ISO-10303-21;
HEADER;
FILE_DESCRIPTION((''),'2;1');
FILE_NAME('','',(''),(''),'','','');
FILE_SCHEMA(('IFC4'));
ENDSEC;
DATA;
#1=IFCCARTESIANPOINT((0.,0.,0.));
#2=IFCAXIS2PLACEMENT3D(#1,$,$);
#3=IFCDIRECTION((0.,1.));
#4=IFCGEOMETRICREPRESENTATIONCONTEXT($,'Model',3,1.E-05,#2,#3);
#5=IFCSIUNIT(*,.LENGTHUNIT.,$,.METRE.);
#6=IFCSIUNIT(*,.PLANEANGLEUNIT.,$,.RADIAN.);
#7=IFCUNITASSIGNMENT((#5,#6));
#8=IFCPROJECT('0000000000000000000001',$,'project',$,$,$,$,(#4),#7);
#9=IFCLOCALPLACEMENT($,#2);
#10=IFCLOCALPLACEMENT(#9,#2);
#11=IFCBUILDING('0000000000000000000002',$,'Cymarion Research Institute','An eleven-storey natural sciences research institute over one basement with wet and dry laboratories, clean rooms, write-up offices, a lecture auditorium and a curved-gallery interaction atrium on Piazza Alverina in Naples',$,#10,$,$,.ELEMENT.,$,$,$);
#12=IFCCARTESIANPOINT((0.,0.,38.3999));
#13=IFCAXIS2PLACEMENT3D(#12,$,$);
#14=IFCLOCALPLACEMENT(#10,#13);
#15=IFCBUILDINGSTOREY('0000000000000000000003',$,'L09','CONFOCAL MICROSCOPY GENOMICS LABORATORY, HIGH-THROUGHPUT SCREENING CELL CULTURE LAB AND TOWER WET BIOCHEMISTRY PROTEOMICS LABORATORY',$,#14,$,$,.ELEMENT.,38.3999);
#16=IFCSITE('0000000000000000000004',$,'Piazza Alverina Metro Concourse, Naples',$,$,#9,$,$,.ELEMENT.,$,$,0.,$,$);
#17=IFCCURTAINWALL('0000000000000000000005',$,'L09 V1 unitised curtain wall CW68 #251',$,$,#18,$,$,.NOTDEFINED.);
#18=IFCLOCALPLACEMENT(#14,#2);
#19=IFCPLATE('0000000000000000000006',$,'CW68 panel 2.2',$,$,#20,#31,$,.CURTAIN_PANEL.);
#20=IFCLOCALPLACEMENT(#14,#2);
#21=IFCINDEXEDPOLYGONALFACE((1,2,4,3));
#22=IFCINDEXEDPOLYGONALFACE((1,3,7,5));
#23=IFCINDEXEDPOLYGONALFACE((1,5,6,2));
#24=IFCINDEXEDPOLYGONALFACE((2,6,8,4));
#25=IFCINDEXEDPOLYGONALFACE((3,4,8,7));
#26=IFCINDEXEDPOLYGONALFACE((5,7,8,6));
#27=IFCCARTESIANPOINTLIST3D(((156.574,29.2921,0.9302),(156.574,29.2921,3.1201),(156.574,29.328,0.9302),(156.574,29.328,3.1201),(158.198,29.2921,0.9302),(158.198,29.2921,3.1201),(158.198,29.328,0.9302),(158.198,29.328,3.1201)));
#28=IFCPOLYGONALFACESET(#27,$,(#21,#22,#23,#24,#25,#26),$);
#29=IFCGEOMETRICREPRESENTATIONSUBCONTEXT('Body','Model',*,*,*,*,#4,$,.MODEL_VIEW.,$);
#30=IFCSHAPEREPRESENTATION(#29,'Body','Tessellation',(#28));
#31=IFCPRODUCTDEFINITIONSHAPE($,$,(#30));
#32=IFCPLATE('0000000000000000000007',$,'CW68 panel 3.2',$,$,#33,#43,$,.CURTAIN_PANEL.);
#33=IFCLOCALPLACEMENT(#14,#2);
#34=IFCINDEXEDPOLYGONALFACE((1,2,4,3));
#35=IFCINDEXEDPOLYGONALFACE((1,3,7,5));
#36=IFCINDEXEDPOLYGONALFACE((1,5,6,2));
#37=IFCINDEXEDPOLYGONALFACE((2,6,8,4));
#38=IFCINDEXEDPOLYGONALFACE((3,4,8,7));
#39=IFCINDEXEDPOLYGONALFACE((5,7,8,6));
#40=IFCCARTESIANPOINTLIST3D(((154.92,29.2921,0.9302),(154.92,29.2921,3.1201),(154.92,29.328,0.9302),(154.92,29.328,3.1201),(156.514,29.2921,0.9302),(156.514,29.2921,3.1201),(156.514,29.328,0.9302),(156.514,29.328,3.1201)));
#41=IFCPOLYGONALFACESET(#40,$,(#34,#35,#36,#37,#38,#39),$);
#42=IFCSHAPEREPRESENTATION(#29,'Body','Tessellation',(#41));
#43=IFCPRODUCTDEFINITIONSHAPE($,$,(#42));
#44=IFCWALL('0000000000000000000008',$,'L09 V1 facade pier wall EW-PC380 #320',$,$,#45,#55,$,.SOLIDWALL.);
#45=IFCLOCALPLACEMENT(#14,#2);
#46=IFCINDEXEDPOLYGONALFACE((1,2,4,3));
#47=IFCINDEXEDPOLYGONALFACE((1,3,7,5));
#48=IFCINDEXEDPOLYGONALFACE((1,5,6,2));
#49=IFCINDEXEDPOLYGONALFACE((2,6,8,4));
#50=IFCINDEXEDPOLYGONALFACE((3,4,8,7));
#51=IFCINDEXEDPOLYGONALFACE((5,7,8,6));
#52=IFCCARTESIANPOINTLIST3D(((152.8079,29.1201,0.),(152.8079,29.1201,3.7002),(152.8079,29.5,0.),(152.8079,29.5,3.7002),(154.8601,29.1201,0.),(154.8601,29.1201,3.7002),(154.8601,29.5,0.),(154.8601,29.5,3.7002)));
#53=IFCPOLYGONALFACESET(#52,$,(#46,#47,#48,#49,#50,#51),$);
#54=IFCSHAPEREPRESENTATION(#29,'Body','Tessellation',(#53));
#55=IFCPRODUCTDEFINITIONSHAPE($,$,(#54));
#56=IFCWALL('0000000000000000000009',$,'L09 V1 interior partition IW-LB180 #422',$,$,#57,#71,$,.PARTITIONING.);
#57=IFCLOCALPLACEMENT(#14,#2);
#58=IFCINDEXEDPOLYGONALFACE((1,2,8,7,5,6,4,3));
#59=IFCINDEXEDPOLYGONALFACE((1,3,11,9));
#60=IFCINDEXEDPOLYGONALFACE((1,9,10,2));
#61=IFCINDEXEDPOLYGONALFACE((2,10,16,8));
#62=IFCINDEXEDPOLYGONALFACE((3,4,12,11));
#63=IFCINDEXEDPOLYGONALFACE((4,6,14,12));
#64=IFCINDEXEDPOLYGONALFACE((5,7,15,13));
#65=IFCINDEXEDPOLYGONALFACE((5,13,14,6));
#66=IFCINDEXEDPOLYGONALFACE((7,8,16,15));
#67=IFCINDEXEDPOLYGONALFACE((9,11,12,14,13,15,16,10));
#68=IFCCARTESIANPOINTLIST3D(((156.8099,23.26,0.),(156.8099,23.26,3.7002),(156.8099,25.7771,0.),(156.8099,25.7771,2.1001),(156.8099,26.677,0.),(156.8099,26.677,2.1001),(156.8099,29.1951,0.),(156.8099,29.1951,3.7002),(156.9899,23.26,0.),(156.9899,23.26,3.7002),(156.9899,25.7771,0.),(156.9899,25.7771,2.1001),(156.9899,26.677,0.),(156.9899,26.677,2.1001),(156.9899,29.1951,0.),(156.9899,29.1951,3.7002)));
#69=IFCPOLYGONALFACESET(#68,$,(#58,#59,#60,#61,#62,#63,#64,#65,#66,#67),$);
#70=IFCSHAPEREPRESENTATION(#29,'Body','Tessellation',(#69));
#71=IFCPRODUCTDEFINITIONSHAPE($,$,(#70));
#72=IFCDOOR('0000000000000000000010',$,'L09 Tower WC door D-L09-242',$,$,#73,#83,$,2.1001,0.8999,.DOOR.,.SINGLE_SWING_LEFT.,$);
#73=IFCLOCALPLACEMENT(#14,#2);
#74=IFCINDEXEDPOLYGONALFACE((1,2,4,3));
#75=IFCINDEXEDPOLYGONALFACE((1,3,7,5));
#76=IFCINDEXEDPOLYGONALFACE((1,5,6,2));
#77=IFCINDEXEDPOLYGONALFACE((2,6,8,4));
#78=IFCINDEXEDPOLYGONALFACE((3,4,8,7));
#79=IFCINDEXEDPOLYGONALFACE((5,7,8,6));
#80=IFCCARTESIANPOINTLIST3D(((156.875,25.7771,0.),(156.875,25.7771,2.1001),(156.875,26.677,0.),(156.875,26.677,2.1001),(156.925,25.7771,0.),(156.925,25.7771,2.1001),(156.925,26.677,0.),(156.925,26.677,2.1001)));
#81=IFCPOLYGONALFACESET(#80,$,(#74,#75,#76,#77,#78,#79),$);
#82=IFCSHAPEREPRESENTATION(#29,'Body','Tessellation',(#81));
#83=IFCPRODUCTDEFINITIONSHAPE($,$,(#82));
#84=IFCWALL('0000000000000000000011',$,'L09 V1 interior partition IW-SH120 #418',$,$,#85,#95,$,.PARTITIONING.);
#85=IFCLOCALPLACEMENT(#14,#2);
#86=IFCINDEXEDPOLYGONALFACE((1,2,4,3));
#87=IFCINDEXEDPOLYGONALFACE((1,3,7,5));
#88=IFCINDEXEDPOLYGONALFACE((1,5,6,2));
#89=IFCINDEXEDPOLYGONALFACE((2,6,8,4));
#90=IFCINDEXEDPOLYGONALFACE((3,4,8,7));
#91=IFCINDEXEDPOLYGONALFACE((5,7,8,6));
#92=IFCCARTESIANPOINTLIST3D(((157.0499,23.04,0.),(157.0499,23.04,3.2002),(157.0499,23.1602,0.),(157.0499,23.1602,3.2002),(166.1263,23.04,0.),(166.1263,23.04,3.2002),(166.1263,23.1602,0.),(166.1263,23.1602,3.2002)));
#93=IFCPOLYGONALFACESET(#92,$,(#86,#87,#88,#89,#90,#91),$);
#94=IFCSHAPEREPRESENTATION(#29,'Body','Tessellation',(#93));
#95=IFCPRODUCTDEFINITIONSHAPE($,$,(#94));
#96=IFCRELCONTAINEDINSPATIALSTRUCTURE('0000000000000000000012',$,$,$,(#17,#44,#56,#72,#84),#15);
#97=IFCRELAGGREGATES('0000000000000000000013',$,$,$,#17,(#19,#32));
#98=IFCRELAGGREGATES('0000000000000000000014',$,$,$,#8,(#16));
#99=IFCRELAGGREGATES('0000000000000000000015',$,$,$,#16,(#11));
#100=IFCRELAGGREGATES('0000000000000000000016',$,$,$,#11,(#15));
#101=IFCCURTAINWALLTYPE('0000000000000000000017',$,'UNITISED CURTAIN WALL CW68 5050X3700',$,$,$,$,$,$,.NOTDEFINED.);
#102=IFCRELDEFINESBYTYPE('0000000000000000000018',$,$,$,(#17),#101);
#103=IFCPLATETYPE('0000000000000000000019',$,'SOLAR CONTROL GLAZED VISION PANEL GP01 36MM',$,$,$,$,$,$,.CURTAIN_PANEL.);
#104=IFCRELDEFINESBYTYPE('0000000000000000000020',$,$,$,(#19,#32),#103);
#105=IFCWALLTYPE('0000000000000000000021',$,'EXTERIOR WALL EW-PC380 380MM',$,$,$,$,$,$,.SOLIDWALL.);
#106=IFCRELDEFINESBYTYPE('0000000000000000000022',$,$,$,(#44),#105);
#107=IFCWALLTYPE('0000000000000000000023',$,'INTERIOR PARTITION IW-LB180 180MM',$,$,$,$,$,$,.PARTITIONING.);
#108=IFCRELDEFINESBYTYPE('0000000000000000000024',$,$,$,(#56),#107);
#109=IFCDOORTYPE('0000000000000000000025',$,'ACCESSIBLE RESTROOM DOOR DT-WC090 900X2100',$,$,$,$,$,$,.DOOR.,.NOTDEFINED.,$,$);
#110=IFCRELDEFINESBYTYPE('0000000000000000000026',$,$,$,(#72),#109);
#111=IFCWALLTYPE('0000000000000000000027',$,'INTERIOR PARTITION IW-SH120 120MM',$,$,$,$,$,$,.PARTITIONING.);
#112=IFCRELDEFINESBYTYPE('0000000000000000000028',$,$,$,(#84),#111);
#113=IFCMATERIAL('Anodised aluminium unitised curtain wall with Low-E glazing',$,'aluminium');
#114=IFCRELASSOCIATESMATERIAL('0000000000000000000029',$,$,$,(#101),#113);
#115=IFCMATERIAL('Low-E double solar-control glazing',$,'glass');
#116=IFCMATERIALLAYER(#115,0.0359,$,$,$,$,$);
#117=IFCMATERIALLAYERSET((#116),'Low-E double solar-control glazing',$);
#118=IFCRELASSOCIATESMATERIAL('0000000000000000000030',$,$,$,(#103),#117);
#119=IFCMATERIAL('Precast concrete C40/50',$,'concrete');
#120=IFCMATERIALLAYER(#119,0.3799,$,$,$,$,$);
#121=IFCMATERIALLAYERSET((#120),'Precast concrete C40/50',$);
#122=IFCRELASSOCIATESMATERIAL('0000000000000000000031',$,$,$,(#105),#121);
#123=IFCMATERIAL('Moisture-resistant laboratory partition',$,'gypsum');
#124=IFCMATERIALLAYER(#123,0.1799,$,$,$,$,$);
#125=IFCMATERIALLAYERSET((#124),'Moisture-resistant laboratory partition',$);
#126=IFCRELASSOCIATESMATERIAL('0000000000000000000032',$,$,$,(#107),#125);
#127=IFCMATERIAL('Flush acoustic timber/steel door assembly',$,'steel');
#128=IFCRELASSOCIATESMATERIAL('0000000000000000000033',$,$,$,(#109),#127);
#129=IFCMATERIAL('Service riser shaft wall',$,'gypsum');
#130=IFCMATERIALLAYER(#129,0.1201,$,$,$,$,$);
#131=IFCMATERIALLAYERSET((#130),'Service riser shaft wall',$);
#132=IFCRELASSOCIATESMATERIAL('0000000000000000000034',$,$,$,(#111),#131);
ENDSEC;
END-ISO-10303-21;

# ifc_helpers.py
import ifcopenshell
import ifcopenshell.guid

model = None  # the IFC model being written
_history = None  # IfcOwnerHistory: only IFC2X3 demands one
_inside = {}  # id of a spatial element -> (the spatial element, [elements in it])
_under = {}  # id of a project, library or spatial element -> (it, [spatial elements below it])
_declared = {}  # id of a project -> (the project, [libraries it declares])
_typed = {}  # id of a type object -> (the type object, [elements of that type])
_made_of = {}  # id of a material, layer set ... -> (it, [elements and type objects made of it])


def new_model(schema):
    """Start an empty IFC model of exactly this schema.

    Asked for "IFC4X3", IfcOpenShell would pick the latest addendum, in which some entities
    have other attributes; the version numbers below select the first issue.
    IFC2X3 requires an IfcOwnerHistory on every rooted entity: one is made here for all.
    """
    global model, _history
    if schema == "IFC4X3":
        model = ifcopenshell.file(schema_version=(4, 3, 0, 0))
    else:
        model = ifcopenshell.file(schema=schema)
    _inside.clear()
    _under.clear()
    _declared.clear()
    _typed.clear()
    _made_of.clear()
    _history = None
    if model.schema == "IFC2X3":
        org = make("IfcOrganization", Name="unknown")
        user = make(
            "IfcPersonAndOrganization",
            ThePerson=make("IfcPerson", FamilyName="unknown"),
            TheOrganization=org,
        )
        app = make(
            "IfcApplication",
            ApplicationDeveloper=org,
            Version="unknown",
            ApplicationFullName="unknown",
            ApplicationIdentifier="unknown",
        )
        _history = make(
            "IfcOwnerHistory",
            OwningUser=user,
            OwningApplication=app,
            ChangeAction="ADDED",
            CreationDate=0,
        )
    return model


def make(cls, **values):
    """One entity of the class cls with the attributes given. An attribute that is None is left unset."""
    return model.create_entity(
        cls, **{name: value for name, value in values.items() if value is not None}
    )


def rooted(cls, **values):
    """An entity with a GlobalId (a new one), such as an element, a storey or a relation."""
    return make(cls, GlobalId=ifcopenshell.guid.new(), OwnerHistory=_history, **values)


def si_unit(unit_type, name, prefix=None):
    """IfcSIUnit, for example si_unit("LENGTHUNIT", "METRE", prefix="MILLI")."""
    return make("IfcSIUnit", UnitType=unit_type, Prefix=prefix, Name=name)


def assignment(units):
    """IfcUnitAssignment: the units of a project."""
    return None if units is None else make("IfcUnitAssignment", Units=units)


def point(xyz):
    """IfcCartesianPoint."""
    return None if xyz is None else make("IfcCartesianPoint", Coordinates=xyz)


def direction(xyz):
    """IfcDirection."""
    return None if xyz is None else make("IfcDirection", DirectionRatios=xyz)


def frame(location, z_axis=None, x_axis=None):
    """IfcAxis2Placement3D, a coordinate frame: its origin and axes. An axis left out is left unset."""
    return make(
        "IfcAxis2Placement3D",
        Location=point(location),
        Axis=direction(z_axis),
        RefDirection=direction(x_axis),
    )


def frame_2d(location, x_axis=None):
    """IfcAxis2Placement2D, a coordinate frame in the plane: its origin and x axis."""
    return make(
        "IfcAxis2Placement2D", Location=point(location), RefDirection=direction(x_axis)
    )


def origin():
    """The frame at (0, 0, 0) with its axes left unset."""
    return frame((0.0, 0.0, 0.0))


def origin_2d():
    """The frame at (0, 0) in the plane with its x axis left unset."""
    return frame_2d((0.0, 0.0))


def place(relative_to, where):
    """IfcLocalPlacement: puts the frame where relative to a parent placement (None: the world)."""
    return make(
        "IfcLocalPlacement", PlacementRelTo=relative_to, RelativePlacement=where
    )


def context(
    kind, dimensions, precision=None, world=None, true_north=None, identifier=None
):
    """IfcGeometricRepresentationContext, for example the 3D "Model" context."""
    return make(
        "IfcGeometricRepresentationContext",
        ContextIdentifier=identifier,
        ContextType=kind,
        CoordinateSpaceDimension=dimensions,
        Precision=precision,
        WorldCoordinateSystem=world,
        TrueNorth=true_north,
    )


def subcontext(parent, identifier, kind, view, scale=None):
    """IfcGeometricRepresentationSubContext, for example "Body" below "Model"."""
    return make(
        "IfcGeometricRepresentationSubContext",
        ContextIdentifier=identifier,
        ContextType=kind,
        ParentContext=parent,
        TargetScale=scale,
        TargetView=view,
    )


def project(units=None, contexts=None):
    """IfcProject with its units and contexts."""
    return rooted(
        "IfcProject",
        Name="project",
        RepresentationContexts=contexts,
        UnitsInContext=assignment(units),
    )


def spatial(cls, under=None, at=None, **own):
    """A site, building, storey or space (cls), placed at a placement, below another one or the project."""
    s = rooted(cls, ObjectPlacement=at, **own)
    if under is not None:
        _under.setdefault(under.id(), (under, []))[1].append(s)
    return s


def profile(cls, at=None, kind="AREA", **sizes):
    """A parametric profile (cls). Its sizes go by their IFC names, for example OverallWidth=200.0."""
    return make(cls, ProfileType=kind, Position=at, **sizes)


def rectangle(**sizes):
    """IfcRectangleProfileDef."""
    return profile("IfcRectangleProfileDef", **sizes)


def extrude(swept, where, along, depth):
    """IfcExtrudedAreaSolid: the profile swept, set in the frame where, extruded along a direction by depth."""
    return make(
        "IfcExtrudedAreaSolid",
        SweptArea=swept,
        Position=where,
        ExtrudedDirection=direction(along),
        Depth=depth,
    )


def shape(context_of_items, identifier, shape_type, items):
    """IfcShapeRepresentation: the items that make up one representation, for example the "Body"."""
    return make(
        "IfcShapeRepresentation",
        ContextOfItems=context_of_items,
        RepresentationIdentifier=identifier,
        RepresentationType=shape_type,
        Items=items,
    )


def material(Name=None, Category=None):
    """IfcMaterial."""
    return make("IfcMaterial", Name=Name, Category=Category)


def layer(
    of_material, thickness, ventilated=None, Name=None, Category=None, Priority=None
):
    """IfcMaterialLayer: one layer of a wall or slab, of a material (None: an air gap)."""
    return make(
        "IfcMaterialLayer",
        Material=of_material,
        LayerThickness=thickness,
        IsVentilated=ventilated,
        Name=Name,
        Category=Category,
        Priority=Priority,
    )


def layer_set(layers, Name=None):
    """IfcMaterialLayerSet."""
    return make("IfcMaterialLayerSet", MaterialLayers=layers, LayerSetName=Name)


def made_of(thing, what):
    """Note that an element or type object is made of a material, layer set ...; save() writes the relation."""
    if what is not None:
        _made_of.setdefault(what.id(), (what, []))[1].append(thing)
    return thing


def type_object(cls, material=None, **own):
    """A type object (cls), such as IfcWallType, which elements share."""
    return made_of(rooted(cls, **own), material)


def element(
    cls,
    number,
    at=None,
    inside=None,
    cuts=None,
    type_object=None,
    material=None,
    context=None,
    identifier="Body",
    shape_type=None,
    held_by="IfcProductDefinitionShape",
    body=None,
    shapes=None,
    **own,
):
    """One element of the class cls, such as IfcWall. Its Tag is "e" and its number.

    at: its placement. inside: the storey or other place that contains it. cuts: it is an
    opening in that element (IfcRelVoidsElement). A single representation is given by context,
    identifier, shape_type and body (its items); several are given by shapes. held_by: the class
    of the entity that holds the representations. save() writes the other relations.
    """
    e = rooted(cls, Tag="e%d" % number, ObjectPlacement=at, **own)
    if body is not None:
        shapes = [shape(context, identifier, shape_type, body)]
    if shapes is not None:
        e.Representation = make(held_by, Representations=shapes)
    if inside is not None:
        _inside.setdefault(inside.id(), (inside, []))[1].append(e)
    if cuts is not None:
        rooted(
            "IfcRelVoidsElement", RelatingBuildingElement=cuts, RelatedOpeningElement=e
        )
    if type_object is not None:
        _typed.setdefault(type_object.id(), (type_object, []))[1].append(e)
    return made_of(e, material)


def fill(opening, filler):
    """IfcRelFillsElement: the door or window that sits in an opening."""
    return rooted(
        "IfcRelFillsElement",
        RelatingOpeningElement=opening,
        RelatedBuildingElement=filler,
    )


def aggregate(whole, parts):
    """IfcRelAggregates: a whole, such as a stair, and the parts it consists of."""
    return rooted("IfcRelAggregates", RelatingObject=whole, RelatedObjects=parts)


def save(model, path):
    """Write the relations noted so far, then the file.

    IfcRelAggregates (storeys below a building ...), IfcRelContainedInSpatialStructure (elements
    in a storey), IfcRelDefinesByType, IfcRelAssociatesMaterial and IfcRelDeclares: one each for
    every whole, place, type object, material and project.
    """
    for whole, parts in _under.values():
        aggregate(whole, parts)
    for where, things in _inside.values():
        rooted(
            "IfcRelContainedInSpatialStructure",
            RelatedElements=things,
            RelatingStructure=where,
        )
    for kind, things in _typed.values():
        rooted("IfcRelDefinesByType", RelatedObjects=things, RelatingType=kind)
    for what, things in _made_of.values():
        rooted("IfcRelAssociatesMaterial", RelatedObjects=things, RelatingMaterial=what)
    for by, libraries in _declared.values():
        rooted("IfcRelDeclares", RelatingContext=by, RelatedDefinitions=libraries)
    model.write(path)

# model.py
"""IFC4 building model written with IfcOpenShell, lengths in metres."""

from ifc_helpers import new_model, si_unit, direction, frame, frame_2d, origin, origin_2d, place, context, subcontext, project, spatial, rectangle, extrude, material, layer, layer_set, type_object, element, fill, aggregate, save


model = new_model("IFC4")

# Units and contexts
model_context = context("Model", 3, precision=1e-05, world=origin(), true_north=direction((0.0, 1.0)))
body_context = subcontext(model_context, "Body", "Model", "MODEL_VIEW")
ifc_project = project(units=[si_unit("LENGTHUNIT", "METRE"), si_unit("PLANEANGLEUNIT", "RADIAN")], contexts=[model_context])

# Site, building, storey
site_placement = place(None, origin())
site = spatial("IfcSite", under=ifc_project, at=site_placement, Name="Piazza Alverina Metro Concourse, Naples", CompositionType="ELEMENT", RefElevation=0.0)
building_placement = place(site_placement, origin())
building = spatial("IfcBuilding", under=site, at=building_placement, Name="Cymarion Research Institute", Description="An eleven-storey natural sciences research institute over one basement with wet and dry laboratories, clean rooms, write-up offices, a lecture auditorium and a curved-gallery interaction atrium on Piazza Alverina in Naples", CompositionType="ELEMENT")
storey_placement = place(building_placement, frame((0.0, 0.0, 38.3999)))
storey = spatial("IfcBuildingStorey", under=building, at=storey_placement, Name="L09", Description="CONFOCAL MICROSCOPY GENOMICS LABORATORY, HIGH-THROUGHPUT SCREENING CELL CULTURE LAB AND TOWER WET BIOCHEMISTRY PROTEOMICS LABORATORY", CompositionType="ELEMENT", Elevation=38.3999)

# Curtain wall
ifc_material_1 = material(Name="Anodised aluminium unitised curtain wall with Low-E glazing", Category="aluminium")
curtain_wall_type = type_object("IfcCurtainWallType", Name="UNITISED CURTAIN WALL CW68 5050X3700", PredefinedType="NOTDEFINED", material=ifc_material_1)
curtain_wall_placement = place(storey_placement, origin())
curtain_wall = element("IfcCurtainWall", 1, at=curtain_wall_placement, inside=storey, type_object=curtain_wall_type, Name="L09 V1 unitised curtain wall CW68 #251", PredefinedType="NOTDEFINED")

# Plates
ifc_material_2 = material(Name="Low-E double solar-control glazing", Category="glass")
ifc_layer_1 = layer(ifc_material_2, 0.0359)
ifc_layer_set_1 = layer_set([ifc_layer_1], Name="Low-E double solar-control glazing")
plate_type_1 = type_object("IfcPlateType", Name="SOLAR CONTROL GLAZED VISION PANEL GP01 36MM", PredefinedType="CURTAIN_PANEL", material=ifc_layer_set_1)
plate_1_placement = place(storey_placement, frame((157.386, 29.3101, 0.9302), z_axis=(0.0, 0.0, 1.0), x_axis=(-1.0, 0.0, 0.0)))
plate_1 = element("IfcPlate", 2, at=plate_1_placement, type_object=plate_type_1, Name="CW68 panel 2.2", PredefinedType="CURTAIN_PANEL", context=body_context, shape_type="SweptSolid", body=[
    extrude(rectangle(XDim=1.624, YDim=0.0359, at=origin_2d()), origin(), (0.0, 0.0, 1.0), 2.1899),
])
plate_2_placement = place(storey_placement, frame((155.717, 29.3101, 0.9302), z_axis=(0.0, 0.0, 1.0), x_axis=(-1.0, 0.0, 0.0)))
plate_2 = element("IfcPlate", 3, at=plate_2_placement, type_object=plate_type_1, Name="CW68 panel 3.2", PredefinedType="CURTAIN_PANEL", context=body_context, shape_type="SweptSolid", body=[
    extrude(rectangle(XDim=1.594, YDim=0.0359, at=origin_2d()), origin(), (0.0, 0.0, 1.0), 2.1899),
])
aggregate(curtain_wall, [plate_1, plate_2])

# Wall
ifc_material_3 = material(Name="Precast concrete C40/50", Category="concrete")
ifc_layer_2 = layer(ifc_material_3, 0.3799)
ifc_layer_set_2 = layer_set([ifc_layer_2], Name="Precast concrete C40/50")
wall_type_1 = type_object("IfcWallType", Name="EXTERIOR WALL EW-PC380 380MM", PredefinedType="SOLIDWALL", material=ifc_layer_set_2)
wall_1_placement = place(storey_placement, frame((154.8601, 29.3101, 0.0), z_axis=(0.0, 0.0, 1.0), x_axis=(-1.0, 0.0, 0.0)))
element("IfcWall", 4, at=wall_1_placement, inside=storey, type_object=wall_type_1, Name="L09 V1 facade pier wall EW-PC380 #320", PredefinedType="SOLIDWALL", context=body_context, shape_type="SweptSolid", body=[
    extrude(rectangle(XDim=2.0522, YDim=0.3799, at=frame_2d((1.0261, 0.0))), origin(), (0.0, 0.0, 1.0), 3.7002),
])

# Wall, opening, door
ifc_material_4 = material(Name="Moisture-resistant laboratory partition", Category="gypsum")
ifc_layer_3 = layer(ifc_material_4, 0.1799)
ifc_layer_set_3 = layer_set([ifc_layer_3], Name="Moisture-resistant laboratory partition")
wall_type_2 = type_object("IfcWallType", Name="INTERIOR PARTITION IW-LB180 180MM", PredefinedType="PARTITIONING", material=ifc_layer_set_3)
wall_2_placement = place(storey_placement, frame((156.8999, 23.26, 0.0), z_axis=(0.0, 0.0, 1.0), x_axis=(0.0, 1.0, 0.0)))
wall_2 = element("IfcWall", 5, at=wall_2_placement, inside=storey, type_object=wall_type_2, Name="L09 V1 interior partition IW-LB180 #422", PredefinedType="PARTITIONING", context=body_context, shape_type="SweptSolid", body=[
    extrude(rectangle(XDim=5.9351, YDim=0.1799, at=frame_2d((2.9675, 0.0))), origin(), (0.0, 0.0, 1.0), 3.7002),
])
opening_placement = place(wall_2_placement, frame((2.5171, 0.0, 0.0)))
opening = element("IfcOpeningElement", 6, at=opening_placement, cuts=wall_2, PredefinedType="OPENING", context=body_context, shape_type="SweptSolid", body=[
    extrude(rectangle(XDim=0.8999, YDim=2.1001, at=frame_2d((0.45, 1.05))), frame((0.0, 0.0999, 0.0), z_axis=(0.0, -1.0, 0.0), x_axis=(1.0, 0.0, 0.0)), (0.0, 0.0, 1.0), 0.2),
])
ifc_material_5 = material(Name="Flush acoustic timber/steel door assembly", Category="steel")
door_type = type_object("IfcDoorType", Name="ACCESSIBLE RESTROOM DOOR DT-WC090 900X2100", OperationType="NOTDEFINED", PredefinedType="DOOR", material=ifc_material_5)
door_placement = place(opening_placement, origin())
door = element("IfcDoor", 7, at=door_placement, inside=storey, type_object=door_type, Name="L09 Tower WC door D-L09-242", OperationType="SINGLE_SWING_LEFT", OverallHeight=2.1001, OverallWidth=0.8999, PredefinedType="DOOR", context=body_context, shape_type="SweptSolid", body=[
    extrude(rectangle(XDim=0.8999, YDim=2.1001, at=frame_2d((0.45, 1.05))), frame((0.0, 0.0249, 0.0), z_axis=(0.0, -1.0, 0.0), x_axis=(1.0, 0.0, 0.0)), (0.0, 0.0, 1.0), 0.05),
])
fill(opening, door)

# Wall
ifc_material_6 = material(Name="Service riser shaft wall", Category="gypsum")
ifc_layer_4 = layer(ifc_material_6, 0.1201)
ifc_layer_set_4 = layer_set([ifc_layer_4], Name="Service riser shaft wall")
wall_type_3 = type_object("IfcWallType", Name="INTERIOR PARTITION IW-SH120 120MM", PredefinedType="PARTITIONING", material=ifc_layer_set_4)
wall_3_placement = place(storey_placement, frame((157.05, 23.1001, 0.0), z_axis=(0.0, 0.0, 1.0), x_axis=(1.0, 0.0, 0.0)))
element("IfcWall", 8, at=wall_3_placement, inside=storey, type_object=wall_type_3, Name="L09 V1 interior partition IW-SH120 #418", PredefinedType="PARTITIONING", context=body_context, shape_type="SweptSolid", body=[
    extrude(rectangle(XDim=9.0764, YDim=0.1201, at=frame_2d((4.5381, 0.0))), origin(), (0.0, 0.0, 1.0), 3.2002),
])

save(model, "model.ifc")
